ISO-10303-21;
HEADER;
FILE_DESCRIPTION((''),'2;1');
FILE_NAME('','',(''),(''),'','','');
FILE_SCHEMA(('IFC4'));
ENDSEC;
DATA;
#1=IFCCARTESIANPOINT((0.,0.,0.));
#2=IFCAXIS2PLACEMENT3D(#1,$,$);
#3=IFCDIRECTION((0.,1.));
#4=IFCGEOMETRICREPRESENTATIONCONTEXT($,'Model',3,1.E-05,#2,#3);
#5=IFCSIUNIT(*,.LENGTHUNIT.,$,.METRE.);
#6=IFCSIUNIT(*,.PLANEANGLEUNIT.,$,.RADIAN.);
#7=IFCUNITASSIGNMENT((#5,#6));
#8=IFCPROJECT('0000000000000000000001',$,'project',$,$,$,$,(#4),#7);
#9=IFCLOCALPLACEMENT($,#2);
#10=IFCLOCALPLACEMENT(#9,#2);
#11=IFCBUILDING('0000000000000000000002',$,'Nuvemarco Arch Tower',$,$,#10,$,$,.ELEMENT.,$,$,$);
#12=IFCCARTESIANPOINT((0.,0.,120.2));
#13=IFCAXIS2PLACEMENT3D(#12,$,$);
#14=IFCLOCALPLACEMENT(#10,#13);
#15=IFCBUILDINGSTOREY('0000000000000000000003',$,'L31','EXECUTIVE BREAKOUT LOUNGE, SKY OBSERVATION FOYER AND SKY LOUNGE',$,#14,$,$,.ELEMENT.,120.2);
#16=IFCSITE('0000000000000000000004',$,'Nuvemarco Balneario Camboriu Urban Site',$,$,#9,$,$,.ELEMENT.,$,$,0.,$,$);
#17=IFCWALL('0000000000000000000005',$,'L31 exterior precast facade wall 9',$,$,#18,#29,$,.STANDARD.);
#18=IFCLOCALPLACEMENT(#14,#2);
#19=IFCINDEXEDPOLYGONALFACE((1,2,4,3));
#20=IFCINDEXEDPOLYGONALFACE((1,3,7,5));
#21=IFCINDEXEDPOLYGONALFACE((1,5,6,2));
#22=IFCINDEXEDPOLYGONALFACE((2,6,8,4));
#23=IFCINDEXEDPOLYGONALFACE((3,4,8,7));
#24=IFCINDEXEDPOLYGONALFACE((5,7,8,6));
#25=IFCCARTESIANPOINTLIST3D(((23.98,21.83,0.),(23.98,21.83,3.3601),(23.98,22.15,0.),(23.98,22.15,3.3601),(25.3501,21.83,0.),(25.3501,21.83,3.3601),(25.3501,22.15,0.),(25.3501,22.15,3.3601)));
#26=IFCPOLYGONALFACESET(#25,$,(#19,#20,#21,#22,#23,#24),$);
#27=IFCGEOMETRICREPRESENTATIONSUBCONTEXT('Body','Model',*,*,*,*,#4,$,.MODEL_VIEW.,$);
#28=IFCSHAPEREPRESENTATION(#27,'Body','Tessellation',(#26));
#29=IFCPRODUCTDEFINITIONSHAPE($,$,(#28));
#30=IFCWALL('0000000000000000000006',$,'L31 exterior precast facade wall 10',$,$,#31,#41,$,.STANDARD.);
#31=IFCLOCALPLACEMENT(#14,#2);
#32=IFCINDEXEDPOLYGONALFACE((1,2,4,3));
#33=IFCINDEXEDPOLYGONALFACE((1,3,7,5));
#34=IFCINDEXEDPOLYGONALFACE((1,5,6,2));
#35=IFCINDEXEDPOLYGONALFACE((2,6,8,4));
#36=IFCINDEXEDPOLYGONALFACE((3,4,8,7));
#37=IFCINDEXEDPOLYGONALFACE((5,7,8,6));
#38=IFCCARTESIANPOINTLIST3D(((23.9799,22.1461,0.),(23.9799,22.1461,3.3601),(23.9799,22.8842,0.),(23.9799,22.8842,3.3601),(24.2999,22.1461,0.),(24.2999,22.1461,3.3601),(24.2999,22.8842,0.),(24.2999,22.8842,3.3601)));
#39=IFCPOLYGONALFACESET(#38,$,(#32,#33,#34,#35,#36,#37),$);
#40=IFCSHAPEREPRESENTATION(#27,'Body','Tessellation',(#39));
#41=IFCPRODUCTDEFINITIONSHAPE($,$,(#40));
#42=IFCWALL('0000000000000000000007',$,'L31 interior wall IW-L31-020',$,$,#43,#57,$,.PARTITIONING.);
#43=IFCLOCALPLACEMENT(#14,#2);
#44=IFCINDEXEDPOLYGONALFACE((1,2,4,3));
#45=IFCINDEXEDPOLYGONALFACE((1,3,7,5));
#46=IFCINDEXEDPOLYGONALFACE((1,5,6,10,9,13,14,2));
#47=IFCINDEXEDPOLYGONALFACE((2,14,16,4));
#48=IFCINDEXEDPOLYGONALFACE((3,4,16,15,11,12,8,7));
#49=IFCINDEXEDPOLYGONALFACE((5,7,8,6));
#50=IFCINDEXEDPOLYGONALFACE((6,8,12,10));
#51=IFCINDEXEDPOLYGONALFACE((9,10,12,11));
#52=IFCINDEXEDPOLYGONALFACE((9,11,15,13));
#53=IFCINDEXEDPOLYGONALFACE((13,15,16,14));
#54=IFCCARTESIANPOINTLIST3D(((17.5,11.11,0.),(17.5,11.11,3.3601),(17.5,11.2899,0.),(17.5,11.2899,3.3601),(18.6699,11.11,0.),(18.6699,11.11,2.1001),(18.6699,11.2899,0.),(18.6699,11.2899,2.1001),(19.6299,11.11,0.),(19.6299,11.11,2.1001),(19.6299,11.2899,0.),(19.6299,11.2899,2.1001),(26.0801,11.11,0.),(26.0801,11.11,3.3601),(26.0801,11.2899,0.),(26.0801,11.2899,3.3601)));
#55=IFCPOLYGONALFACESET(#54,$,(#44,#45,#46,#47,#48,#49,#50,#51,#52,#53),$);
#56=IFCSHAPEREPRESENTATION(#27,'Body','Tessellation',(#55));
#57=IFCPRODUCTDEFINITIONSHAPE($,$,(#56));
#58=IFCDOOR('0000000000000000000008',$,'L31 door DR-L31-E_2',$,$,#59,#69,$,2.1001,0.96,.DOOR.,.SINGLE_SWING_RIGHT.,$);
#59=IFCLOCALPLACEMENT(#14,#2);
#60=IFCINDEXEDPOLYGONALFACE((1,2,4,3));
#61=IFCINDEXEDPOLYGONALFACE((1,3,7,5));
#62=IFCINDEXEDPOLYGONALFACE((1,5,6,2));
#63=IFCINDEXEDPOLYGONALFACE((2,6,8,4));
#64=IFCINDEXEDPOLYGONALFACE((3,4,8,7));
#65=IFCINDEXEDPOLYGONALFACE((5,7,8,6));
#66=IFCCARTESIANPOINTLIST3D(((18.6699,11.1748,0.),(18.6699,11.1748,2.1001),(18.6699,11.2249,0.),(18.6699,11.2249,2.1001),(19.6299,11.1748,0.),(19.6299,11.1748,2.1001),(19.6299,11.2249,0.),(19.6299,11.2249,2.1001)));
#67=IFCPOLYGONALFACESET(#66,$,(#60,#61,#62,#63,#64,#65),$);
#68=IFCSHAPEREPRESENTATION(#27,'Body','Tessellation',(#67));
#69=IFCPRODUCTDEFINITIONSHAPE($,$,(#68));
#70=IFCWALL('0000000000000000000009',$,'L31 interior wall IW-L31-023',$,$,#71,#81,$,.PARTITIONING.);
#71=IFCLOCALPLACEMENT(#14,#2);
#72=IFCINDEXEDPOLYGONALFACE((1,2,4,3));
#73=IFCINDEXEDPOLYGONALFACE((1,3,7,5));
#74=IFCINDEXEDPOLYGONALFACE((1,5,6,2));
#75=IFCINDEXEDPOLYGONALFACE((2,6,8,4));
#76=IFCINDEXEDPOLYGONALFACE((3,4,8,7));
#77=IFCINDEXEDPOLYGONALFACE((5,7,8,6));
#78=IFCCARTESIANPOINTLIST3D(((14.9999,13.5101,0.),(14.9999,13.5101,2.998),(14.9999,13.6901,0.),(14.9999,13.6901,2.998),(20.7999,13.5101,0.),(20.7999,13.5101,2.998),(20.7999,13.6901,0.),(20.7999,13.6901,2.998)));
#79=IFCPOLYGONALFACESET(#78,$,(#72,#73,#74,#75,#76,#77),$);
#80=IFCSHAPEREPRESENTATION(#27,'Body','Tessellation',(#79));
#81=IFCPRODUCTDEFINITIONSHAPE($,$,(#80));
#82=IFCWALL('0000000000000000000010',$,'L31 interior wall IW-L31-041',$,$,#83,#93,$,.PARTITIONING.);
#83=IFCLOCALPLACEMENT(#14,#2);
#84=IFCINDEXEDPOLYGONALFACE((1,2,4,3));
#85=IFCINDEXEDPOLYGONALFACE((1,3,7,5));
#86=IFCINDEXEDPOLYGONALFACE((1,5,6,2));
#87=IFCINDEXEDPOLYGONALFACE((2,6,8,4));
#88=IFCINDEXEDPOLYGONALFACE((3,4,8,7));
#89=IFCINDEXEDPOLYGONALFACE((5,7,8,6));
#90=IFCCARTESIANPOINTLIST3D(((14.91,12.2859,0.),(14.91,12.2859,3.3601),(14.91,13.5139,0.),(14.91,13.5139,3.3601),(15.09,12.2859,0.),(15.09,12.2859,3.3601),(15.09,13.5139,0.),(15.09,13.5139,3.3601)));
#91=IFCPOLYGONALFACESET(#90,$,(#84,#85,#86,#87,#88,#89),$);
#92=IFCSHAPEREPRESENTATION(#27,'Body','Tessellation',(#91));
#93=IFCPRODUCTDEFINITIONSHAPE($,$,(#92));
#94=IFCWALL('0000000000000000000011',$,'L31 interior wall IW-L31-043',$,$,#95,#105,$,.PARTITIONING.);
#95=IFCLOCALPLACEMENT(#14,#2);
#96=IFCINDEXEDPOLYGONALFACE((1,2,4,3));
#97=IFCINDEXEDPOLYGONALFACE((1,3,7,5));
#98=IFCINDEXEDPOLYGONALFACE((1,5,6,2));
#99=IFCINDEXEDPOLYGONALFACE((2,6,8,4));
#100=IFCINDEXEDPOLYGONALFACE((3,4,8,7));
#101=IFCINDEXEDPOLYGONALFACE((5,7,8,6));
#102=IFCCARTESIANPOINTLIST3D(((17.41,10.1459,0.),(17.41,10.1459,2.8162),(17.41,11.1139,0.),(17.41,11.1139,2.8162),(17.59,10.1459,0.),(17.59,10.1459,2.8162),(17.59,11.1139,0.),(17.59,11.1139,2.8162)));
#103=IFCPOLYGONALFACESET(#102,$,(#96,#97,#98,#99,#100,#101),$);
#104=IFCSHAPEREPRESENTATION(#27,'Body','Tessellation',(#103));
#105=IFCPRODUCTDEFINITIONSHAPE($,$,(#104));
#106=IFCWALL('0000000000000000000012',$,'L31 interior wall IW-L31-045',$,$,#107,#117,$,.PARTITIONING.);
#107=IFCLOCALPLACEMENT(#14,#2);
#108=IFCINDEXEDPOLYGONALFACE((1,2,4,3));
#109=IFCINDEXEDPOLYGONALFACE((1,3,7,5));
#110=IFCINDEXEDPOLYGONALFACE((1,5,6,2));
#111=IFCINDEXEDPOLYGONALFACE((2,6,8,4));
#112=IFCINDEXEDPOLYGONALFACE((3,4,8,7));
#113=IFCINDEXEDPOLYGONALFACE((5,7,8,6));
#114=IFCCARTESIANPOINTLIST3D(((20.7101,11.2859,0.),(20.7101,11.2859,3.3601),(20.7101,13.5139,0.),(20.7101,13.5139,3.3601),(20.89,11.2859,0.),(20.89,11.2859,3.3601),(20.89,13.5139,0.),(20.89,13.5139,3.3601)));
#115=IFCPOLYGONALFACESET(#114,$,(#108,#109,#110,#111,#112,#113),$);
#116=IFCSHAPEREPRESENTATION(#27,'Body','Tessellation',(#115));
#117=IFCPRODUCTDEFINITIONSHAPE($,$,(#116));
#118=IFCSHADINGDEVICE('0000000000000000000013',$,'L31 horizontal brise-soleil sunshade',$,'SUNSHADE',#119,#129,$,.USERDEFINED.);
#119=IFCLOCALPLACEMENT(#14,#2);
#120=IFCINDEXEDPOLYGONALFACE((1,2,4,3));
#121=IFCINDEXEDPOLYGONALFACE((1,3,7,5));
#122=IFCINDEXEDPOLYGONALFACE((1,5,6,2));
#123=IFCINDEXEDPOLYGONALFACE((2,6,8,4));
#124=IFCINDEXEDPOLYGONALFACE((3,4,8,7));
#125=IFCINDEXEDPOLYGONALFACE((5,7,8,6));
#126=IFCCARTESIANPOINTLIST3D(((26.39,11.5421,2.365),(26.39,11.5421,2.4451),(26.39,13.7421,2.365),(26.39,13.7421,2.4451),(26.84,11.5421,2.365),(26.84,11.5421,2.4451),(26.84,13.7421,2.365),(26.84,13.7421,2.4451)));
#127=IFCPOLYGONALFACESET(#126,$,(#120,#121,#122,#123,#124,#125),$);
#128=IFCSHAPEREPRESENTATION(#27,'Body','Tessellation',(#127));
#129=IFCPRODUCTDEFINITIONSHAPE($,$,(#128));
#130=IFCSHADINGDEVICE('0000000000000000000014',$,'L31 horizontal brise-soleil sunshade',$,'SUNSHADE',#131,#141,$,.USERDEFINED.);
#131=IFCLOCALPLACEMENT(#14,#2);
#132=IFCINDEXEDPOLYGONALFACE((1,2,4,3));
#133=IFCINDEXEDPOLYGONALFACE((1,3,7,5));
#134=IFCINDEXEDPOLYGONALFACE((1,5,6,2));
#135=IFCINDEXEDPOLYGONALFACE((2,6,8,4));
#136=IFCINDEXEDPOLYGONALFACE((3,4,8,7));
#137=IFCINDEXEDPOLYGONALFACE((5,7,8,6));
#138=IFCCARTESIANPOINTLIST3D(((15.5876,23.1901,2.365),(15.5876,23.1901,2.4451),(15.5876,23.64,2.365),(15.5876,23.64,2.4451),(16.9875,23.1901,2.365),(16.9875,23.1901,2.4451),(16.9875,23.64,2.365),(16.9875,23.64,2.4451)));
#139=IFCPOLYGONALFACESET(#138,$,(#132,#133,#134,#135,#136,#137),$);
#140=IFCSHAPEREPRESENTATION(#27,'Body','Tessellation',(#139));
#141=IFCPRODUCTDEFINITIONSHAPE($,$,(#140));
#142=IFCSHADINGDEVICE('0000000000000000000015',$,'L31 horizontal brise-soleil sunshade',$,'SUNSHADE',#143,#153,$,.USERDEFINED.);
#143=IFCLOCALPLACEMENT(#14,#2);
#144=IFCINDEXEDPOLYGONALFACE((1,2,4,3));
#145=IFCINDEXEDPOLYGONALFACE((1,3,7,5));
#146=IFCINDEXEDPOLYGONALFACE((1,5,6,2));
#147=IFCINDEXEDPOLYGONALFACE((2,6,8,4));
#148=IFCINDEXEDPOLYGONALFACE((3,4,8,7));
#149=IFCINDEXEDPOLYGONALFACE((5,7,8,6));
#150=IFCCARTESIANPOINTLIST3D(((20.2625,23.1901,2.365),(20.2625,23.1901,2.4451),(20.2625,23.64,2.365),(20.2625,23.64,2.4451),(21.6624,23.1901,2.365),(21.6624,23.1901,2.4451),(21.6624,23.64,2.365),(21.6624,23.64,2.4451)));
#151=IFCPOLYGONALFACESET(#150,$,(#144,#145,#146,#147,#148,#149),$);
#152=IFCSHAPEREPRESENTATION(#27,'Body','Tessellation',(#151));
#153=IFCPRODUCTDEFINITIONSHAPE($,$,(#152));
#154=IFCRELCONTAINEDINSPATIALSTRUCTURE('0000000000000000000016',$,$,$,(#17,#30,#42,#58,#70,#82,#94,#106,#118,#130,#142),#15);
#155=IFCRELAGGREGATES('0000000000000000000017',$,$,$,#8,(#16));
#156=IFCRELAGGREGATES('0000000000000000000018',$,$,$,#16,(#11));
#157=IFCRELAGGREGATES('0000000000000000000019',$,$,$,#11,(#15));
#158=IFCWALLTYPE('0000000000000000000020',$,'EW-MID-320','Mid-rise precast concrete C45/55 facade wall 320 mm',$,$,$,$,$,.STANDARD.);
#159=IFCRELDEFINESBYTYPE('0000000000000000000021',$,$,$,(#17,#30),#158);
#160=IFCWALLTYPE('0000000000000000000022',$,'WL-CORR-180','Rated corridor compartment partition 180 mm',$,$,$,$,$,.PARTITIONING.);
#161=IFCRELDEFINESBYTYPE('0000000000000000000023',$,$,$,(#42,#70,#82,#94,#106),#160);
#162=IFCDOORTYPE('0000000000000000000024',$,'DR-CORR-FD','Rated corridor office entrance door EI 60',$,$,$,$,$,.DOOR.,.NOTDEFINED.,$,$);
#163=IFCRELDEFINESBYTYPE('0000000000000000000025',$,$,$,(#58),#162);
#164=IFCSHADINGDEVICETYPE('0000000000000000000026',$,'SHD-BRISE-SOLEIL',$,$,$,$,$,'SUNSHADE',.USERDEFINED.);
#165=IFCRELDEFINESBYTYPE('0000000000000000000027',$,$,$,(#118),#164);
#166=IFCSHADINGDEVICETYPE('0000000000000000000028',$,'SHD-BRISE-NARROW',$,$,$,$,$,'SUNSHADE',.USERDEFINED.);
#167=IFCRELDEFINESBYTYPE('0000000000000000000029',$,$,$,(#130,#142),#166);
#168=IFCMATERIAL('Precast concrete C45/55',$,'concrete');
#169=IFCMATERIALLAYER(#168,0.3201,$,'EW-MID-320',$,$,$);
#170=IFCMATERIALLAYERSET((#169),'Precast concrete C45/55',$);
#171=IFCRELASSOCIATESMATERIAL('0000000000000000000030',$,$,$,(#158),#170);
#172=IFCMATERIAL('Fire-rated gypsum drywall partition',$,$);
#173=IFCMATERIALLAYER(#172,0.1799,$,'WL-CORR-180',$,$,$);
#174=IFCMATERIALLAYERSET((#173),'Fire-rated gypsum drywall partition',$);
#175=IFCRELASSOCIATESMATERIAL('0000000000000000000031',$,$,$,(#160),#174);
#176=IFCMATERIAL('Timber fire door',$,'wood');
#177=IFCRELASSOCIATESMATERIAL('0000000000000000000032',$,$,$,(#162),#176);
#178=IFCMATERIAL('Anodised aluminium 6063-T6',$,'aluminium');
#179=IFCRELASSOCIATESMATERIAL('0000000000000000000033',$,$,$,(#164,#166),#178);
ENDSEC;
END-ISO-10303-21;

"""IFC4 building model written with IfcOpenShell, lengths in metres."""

from ifc_helpers import new_model, si_unit, direction, frame, frame_2d, origin, origin_2d, place, context, subcontext, project, spatial, rectangle, extrude, source, transform, mapped, material, layer, layer_set, type_object, type_shapes, element, fill, save


model = new_model("IFC4")

# Units and contexts
model_context = context("Model", 3, precision=1e-05, world=origin(), true_north=direction((0.0, 1.0)))
body_context = subcontext(model_context, "Body", "Model", "MODEL_VIEW")
ifc_project = project(units=[si_unit("LENGTHUNIT", "METRE"), si_unit("PLANEANGLEUNIT", "RADIAN")], contexts=[model_context])

# Site, building, storey
site_placement = place(None, origin())
site = spatial("IfcSite", under=ifc_project, at=site_placement, Name="Nuvemarco Balneario Camboriu Urban Site", CompositionType="ELEMENT", RefElevation=0.0)
building_placement = place(site_placement, origin())
building = spatial("IfcBuilding", under=site, at=building_placement, Name="Nuvemarco Arch Tower", CompositionType="ELEMENT")
storey_placement = place(building_placement, frame((0.0, 0.0, 120.2)))
storey = spatial("IfcBuildingStorey", under=building, at=storey_placement, Name="L31", Description="EXECUTIVE BREAKOUT LOUNGE, SKY OBSERVATION FOYER AND SKY LOUNGE", CompositionType="ELEMENT", Elevation=120.2)

# Shared definitions
ifc_material_1 = material(Name="Precast concrete C45/55", Category="concrete")

# Walls
ifc_layer_1 = layer(ifc_material_1, 0.3201, Name="EW-MID-320")
ifc_layer_set_1 = layer_set([ifc_layer_1], Name="Precast concrete C45/55")
wall_type_1 = type_object("IfcWallType", Name="EW-MID-320", Description="Mid-rise precast concrete C45/55 facade wall 320 mm", PredefinedType="STANDARD", material=ifc_layer_set_1)
wall_1_placement = place(storey_placement, frame((23.98, 21.99, 0.0), z_axis=(0.0, 0.0, 1.0), x_axis=(1.0, 0.0, 0.0)))
element("IfcWall", 1, at=wall_1_placement, inside=storey, type_object=wall_type_1, Name="L31 exterior precast facade wall 9", PredefinedType="STANDARD", context=body_context, shape_type="SweptSolid", body=[
    extrude(rectangle(XDim=1.3701, YDim=0.3201, at=frame_2d((0.6851, 0.0))), origin(), (0.0, 0.0, 1.0), 3.3601),
])
wall_2_placement = place(storey_placement, frame((24.1399, 22.146, 0.0), z_axis=(0.0, 0.0, 1.0), x_axis=(0.0, 1.0, 0.0)))
element("IfcWall", 2, at=wall_2_placement, inside=storey, type_object=wall_type_1, Name="L31 exterior precast facade wall 10", PredefinedType="STANDARD", context=body_context, shape_type="SweptSolid", body=[
    extrude(rectangle(XDim=0.738, YDim=0.3201, at=frame_2d((0.3691, 0.0))), origin(), (0.0, 0.0, 1.0), 3.3601),
])

# Wall, opening, door
ifc_material_2 = material(Name="Fire-rated gypsum drywall partition")
ifc_layer_2 = layer(ifc_material_2, 0.1799, Name="WL-CORR-180")
ifc_layer_set_2 = layer_set([ifc_layer_2], Name="Fire-rated gypsum drywall partition")
wall_type_2 = type_object("IfcWallType", Name="WL-CORR-180", Description="Rated corridor compartment partition 180 mm", PredefinedType="PARTITIONING", material=ifc_layer_set_2)
wall_3_placement = place(storey_placement, frame((17.5, 11.2, 0.0), z_axis=(0.0, 0.0, 1.0), x_axis=(1.0, 0.0, 0.0)))
wall_3 = element("IfcWall", 3, at=wall_3_placement, inside=storey, type_object=wall_type_2, Name="L31 interior wall IW-L31-020", PredefinedType="PARTITIONING", context=body_context, shape_type="SweptSolid", body=[
    extrude(rectangle(XDim=8.5801, YDim=0.1799, at=frame_2d((4.29, 0.0))), origin(), (0.0, 0.0, 1.0), 3.3601),
])
opening_placement = place(wall_3_placement, frame((1.1699, 0.0, 0.0)))
opening = element("IfcOpeningElement", 4, at=opening_placement, cuts=wall_3, PredefinedType="OPENING", context=body_context, shape_type="SweptSolid", body=[
    extrude(rectangle(XDim=0.96, YDim=2.1001, at=frame_2d((0.48, 1.05))), frame((0.0, 0.0999, 0.0), z_axis=(0.0, -1.0, 0.0), x_axis=(1.0, 0.0, 0.0)), (0.0, 0.0, 1.0), 0.2),
])
ifc_material_3 = material(Name="Timber fire door", Category="wood")
door_type = type_object("IfcDoorType", Name="DR-CORR-FD", Description="Rated corridor office entrance door EI 60", OperationType="NOTDEFINED", PredefinedType="DOOR", material=ifc_material_3)
shared_shape_1 = source(origin(), body_context, "Body", "SweptSolid", [
    extrude(rectangle(XDim=0.96, YDim=2.1001, at=frame_2d((0.48, 1.05))), frame((0.0, 0.0249, 0.0), z_axis=(0.0, -1.0, 0.0), x_axis=(1.0, 0.0, 0.0)), (0.0, 0.0, 1.0), 0.05),
])
type_shapes(door_type, [shared_shape_1])
door_placement = place(opening_placement, origin())
door = element("IfcDoor", 5, at=door_placement, inside=storey, type_object=door_type, Name="L31 door DR-L31-E_2", OperationType="SINGLE_SWING_RIGHT", OverallHeight=2.1001, OverallWidth=0.96, PredefinedType="DOOR", context=body_context, shape_type="MappedRepresentation", body=[
    mapped(shared_shape_1, transform((0.0, 0.0, 0.0), scale=1.0)),
])
fill(opening, door)

# Walls
wall_4_placement = place(storey_placement, frame((15.0, 13.6001, 0.0), z_axis=(0.0, 0.0, 1.0), x_axis=(1.0, 0.0, 0.0)))
element("IfcWall", 6, at=wall_4_placement, inside=storey, type_object=wall_type_2, Name="L31 interior wall IW-L31-023", PredefinedType="PARTITIONING", context=body_context, shape_type="SweptSolid", body=[
    extrude(rectangle(XDim=5.8, YDim=0.1799, at=frame_2d((2.8999, 0.0))), origin(), (0.0, 0.0, 1.0), 2.998),
])
wall_5_placement = place(storey_placement, frame((15.0, 12.2859, 0.0), z_axis=(0.0, 0.0, 1.0), x_axis=(0.0, 1.0, 0.0)))
element("IfcWall", 7, at=wall_5_placement, inside=storey, type_object=wall_type_2, Name="L31 interior wall IW-L31-041", PredefinedType="PARTITIONING", context=body_context, shape_type="SweptSolid", body=[
    extrude(rectangle(XDim=1.228, YDim=0.1799, at=frame_2d((0.614, 0.0))), origin(), (0.0, 0.0, 1.0), 3.3601),
])
wall_6_placement = place(storey_placement, frame((17.5, 10.146, 0.0), z_axis=(0.0, 0.0, 1.0), x_axis=(0.0, 1.0, 0.0)))
element("IfcWall", 8, at=wall_6_placement, inside=storey, type_object=wall_type_2, Name="L31 interior wall IW-L31-043", PredefinedType="PARTITIONING", context=body_context, shape_type="SweptSolid", body=[
    extrude(rectangle(XDim=0.968, YDim=0.1799, at=frame_2d((0.4839, 0.0))), origin(), (0.0, 0.0, 1.0), 2.8162),
])
wall_7_placement = place(storey_placement, frame((20.8, 11.2859, 0.0), z_axis=(0.0, 0.0, 1.0), x_axis=(0.0, 1.0, 0.0)))
element("IfcWall", 9, at=wall_7_placement, inside=storey, type_object=wall_type_2, Name="L31 interior wall IW-L31-045", PredefinedType="PARTITIONING", context=body_context, shape_type="SweptSolid", body=[
    extrude(rectangle(XDim=2.228, YDim=0.1799, at=frame_2d((1.114, 0.0))), origin(), (0.0, 0.0, 1.0), 3.3601),
])

# Shading devices
ifc_material_4 = material(Name="Anodised aluminium 6063-T6", Category="aluminium")
shading_device_type_1 = type_object("IfcShadingDeviceType", Name="SHD-BRISE-SOLEIL", ElementType="SUNSHADE", PredefinedType="USERDEFINED", material=ifc_material_4)
shared_shape_2 = source(origin(), body_context, "Body", "SweptSolid", [
    extrude(rectangle(XDim=2.2, YDim=0.45, at=origin_2d()), origin(), (0.0, 0.0, 1.0), 0.0801),
])
type_shapes(shading_device_type_1, [shared_shape_2])
shading_device_placement = place(storey_placement, frame((26.615, 12.6421, 2.365), z_axis=(0.0, 0.0, 1.0), x_axis=(0.0, 1.0, 0.0)))
element("IfcShadingDevice", 10, at=shading_device_placement, inside=storey, type_object=shading_device_type_1, Name="L31 horizontal brise-soleil sunshade", ObjectType="SUNSHADE", PredefinedType="USERDEFINED", context=body_context, shape_type="MappedRepresentation", body=[
    mapped(shared_shape_2, transform((0.0, 0.0, 0.0), scale=1.0)),
])
shading_device_type_2 = type_object("IfcShadingDeviceType", Name="SHD-BRISE-NARROW", ElementType="SUNSHADE", PredefinedType="USERDEFINED", material=ifc_material_4)
shared_shape_3 = source(origin(), body_context, "Body", "SweptSolid", [
    extrude(rectangle(XDim=1.3999, YDim=0.45, at=origin_2d()), origin(), (0.0, 0.0, 1.0), 0.0801),
])
type_shapes(shading_device_type_2, [shared_shape_3])
for number, where, z_axis, x_axis, name in (
    (11, (16.2876, 23.415, 2.365), (0.0, 0.0, 1.0), (1.0, 0.0, 0.0), "L31 horizontal brise-soleil sunshade"),
    (12, (20.9624, 23.415, 2.365), (0.0, 0.0, 1.0), (1.0, 0.0, 0.0), "L31 horizontal brise-soleil sunshade"),
):
    element("IfcShadingDevice", number, at=place(storey_placement, frame(where, z_axis=z_axis, x_axis=x_axis)), inside=storey, type_object=shading_device_type_2, Name=name, ObjectType="SUNSHADE", PredefinedType="USERDEFINED", context=body_context, shape_type="MappedRepresentation", body=[
        mapped(shared_shape_3, transform((0.0, 0.0, 0.0), scale=1.0)),
    ])

save(model, "model.ifc")
